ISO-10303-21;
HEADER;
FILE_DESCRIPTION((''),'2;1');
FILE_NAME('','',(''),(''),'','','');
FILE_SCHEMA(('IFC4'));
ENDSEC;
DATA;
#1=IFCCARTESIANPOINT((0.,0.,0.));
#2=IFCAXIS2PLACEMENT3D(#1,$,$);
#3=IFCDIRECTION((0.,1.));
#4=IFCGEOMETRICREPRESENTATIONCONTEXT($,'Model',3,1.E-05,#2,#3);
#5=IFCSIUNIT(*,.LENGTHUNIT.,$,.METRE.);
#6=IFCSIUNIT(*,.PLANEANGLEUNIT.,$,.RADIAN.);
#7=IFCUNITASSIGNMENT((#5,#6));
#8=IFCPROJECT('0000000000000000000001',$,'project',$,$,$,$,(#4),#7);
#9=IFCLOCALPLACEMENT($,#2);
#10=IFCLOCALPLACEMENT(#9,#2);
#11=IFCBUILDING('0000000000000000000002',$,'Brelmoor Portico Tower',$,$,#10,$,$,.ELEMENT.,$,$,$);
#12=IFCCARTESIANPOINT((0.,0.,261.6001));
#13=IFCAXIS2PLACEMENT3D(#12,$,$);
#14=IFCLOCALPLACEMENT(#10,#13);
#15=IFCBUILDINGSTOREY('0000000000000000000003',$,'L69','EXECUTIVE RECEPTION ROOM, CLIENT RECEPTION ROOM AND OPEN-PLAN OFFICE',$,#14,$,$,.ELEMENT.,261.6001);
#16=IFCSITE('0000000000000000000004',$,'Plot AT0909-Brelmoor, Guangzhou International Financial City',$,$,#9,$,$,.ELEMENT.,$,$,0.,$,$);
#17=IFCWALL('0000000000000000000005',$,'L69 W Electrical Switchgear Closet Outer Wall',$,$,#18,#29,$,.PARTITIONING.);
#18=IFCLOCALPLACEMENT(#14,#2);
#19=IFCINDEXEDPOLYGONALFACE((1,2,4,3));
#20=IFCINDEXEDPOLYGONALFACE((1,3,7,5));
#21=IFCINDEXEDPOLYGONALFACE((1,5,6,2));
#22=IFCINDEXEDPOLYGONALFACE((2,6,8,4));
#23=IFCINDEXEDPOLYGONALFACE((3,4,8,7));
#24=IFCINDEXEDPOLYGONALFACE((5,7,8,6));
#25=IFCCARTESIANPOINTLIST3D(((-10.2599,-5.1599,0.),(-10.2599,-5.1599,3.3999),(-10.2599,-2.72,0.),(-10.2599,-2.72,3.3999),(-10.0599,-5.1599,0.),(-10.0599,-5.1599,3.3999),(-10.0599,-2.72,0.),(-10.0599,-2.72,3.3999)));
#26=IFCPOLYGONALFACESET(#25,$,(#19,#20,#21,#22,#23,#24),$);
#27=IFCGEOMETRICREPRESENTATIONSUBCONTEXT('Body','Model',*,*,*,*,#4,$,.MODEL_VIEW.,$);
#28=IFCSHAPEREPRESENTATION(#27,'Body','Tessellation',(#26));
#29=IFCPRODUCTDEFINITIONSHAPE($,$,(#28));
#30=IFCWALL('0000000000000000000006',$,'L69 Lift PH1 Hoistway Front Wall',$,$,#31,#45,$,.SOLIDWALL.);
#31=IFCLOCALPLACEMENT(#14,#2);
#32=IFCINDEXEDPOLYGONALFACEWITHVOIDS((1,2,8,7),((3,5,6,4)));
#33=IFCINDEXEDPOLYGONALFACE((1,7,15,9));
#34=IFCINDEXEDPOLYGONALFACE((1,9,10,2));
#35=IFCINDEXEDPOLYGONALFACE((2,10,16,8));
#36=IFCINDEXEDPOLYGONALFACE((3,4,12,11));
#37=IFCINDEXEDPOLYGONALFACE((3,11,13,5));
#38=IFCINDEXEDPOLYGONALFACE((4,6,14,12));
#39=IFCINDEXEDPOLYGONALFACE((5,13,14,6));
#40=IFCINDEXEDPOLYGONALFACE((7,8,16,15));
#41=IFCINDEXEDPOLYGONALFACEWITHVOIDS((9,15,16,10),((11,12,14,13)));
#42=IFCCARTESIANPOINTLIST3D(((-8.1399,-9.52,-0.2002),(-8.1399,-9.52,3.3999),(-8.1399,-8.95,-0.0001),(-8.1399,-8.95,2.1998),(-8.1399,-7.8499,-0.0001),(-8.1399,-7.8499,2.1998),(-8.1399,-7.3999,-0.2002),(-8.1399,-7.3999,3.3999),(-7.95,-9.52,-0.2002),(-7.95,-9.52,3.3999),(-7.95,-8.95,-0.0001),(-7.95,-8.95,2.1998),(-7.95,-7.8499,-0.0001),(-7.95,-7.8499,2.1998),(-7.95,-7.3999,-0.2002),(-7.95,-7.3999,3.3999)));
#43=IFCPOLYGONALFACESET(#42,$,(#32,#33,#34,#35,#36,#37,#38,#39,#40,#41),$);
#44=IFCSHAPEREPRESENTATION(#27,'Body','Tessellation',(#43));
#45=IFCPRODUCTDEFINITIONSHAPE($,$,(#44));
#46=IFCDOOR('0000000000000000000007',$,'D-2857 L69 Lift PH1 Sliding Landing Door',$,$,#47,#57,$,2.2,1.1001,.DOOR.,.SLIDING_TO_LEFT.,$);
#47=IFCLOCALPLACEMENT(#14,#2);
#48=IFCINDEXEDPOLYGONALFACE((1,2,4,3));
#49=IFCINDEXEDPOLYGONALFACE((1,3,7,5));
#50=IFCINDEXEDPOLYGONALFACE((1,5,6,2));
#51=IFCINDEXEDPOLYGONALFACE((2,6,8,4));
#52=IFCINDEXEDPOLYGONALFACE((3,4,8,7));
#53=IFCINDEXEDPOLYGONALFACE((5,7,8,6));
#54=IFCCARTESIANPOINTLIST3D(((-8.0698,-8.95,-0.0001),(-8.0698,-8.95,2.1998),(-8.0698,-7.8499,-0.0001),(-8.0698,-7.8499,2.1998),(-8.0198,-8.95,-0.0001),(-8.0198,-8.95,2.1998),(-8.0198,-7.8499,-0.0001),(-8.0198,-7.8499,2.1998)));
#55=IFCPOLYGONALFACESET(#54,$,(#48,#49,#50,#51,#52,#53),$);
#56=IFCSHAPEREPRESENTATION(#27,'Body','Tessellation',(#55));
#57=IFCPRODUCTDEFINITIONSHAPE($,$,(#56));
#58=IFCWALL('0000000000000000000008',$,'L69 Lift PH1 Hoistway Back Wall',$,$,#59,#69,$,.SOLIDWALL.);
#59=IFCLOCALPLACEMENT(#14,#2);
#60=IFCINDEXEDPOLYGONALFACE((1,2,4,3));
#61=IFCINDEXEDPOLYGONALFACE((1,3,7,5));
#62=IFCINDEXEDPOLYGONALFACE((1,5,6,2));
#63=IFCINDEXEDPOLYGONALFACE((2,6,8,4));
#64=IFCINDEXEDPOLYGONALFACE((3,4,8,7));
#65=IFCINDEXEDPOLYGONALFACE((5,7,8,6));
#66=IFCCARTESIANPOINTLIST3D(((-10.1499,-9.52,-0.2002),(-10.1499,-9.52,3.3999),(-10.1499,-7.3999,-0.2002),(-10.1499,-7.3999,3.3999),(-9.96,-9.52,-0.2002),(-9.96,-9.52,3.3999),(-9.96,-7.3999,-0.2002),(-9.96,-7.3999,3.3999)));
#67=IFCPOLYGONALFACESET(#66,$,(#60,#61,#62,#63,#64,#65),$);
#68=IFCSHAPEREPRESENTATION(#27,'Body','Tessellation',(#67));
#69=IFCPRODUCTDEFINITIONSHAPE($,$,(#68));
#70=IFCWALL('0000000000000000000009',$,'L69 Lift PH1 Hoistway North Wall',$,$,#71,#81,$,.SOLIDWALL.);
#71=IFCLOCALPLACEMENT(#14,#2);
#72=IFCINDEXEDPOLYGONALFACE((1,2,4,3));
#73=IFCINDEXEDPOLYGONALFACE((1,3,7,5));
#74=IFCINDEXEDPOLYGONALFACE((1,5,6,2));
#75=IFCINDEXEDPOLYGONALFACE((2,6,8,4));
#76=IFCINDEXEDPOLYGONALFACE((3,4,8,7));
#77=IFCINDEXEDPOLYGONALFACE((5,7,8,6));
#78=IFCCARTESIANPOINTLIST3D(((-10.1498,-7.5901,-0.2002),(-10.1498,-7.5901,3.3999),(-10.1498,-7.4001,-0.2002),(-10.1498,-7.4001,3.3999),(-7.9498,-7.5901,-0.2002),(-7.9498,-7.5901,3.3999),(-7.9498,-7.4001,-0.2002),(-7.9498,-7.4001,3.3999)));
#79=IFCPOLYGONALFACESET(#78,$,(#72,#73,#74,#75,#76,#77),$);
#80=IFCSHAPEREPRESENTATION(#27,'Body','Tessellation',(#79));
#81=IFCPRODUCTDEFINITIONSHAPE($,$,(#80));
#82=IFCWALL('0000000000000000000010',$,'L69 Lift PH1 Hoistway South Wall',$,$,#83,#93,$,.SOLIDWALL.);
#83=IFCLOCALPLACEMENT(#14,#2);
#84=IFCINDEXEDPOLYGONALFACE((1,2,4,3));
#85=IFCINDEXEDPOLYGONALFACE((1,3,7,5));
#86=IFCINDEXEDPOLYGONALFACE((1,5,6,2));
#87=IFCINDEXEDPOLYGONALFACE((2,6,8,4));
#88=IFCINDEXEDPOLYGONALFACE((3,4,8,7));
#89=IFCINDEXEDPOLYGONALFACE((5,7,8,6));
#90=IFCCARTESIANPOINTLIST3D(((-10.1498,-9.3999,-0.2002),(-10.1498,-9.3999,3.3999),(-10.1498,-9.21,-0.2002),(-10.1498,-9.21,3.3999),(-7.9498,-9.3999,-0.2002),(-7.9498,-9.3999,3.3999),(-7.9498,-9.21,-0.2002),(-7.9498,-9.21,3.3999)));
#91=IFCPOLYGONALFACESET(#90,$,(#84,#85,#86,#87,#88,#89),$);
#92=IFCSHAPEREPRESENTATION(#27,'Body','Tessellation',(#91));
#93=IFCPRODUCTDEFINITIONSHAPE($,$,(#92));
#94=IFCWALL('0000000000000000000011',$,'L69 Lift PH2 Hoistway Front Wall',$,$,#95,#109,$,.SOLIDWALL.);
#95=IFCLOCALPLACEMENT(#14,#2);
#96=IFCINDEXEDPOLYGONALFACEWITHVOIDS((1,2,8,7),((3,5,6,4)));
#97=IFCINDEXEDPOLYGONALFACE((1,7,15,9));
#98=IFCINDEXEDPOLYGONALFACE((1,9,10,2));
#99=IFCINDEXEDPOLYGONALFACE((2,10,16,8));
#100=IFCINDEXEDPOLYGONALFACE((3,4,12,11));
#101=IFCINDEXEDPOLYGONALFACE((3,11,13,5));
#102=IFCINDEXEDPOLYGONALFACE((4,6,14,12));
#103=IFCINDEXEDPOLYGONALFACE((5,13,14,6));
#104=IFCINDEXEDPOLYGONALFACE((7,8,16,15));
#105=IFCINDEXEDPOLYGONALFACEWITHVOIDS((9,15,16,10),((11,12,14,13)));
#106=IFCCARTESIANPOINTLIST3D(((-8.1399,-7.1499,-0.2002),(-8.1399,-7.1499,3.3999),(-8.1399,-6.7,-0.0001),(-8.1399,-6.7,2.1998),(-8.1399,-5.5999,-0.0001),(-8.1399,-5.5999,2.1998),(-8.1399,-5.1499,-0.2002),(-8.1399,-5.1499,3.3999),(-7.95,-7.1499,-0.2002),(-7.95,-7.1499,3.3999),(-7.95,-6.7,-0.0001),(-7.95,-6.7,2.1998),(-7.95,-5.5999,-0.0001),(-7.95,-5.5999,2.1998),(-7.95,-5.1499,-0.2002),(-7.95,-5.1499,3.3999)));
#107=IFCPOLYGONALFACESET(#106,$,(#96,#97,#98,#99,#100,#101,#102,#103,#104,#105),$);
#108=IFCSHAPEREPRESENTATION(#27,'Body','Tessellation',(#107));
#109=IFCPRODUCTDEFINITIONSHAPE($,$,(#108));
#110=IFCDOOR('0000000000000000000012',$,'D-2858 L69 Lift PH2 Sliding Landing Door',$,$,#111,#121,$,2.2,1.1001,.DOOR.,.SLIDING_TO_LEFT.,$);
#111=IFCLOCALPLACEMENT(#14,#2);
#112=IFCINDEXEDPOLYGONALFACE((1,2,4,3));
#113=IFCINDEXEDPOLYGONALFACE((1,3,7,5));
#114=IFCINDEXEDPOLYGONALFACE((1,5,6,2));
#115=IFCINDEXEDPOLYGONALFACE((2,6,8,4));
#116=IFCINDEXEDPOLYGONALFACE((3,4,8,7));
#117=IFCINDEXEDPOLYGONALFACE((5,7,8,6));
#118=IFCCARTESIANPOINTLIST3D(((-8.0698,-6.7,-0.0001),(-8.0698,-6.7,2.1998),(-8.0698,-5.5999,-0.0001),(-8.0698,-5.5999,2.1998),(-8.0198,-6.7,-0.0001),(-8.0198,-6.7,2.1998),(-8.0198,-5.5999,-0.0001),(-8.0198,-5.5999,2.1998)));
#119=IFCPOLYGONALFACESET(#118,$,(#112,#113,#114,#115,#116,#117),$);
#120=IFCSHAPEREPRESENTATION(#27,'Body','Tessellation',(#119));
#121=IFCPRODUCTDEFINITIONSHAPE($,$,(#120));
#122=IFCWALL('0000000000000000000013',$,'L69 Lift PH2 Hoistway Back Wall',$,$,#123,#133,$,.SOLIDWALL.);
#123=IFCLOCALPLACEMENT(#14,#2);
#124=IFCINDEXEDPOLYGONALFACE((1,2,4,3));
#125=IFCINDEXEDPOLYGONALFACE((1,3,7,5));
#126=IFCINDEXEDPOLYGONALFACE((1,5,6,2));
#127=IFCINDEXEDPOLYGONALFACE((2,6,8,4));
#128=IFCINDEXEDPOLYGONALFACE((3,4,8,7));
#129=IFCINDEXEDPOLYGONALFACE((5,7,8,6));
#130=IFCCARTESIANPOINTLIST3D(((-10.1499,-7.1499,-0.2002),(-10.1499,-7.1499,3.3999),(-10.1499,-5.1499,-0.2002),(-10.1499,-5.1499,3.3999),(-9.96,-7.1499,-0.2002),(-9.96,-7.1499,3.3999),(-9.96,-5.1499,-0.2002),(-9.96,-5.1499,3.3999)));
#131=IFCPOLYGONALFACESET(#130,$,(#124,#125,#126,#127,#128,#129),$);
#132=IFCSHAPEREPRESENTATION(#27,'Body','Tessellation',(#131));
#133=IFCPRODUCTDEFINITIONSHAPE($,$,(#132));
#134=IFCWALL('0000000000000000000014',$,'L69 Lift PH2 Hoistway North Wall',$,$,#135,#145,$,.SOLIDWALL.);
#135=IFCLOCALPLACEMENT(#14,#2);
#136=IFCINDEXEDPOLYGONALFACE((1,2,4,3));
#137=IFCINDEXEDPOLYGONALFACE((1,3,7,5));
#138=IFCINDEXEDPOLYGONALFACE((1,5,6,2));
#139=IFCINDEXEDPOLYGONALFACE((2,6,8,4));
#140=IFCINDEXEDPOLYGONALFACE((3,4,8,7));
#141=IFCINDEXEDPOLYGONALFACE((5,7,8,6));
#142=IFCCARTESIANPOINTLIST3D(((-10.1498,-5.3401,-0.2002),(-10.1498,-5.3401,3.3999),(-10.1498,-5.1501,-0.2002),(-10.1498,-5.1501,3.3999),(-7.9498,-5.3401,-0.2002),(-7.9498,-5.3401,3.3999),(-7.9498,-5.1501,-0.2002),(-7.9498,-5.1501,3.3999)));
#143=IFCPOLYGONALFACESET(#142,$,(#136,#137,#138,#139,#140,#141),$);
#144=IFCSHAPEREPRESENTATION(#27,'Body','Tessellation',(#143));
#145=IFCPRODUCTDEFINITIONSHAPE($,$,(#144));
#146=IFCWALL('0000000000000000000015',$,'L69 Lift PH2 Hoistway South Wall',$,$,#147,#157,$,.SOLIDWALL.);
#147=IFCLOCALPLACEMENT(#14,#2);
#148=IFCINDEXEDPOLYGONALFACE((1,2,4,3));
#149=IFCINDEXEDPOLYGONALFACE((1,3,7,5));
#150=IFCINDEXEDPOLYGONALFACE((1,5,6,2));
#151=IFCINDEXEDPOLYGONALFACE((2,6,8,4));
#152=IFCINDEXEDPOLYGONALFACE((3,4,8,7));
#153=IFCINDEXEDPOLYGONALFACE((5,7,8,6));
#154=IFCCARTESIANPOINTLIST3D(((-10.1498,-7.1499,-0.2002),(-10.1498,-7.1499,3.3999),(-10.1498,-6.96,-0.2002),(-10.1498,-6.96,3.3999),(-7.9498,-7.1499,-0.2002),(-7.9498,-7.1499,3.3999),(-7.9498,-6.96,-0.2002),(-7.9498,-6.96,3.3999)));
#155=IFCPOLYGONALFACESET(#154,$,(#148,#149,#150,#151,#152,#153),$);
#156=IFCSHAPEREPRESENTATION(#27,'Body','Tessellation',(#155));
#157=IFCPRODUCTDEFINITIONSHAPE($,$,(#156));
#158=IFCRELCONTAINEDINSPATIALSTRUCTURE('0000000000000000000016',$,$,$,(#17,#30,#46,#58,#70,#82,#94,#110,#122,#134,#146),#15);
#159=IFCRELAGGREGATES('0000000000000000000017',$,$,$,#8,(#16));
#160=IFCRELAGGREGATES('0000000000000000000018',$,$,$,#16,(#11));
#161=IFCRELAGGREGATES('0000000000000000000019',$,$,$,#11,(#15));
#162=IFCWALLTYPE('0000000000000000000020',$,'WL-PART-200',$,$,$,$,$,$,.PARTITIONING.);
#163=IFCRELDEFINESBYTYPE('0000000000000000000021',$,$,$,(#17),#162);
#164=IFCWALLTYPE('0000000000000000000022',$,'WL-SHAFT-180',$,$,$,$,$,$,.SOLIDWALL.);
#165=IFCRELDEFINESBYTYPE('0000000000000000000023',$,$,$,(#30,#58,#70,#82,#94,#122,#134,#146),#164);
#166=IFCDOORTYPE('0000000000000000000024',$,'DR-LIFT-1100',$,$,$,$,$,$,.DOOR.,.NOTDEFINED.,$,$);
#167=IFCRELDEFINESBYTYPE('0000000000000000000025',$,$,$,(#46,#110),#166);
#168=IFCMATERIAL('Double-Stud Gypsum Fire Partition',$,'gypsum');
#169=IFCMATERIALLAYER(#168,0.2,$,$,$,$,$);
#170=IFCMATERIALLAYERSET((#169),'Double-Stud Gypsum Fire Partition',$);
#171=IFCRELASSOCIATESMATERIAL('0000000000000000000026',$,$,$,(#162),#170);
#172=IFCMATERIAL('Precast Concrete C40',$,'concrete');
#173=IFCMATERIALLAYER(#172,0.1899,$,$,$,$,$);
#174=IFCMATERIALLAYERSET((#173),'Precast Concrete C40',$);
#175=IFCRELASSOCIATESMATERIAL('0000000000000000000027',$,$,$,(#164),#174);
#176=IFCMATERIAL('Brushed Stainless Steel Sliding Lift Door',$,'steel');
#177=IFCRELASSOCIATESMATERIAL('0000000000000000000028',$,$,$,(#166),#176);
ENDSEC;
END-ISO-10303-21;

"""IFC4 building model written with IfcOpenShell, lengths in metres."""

from ifc_helpers import new_model, si_unit, direction, frame, frame_2d, origin, place, context, subcontext, project, spatial, rectangle, extrude, material, layer, layer_set, type_object, element, fill, save


model = new_model("IFC4")

# Units and contexts
model_context = context("Model", 3, precision=1e-05, world=origin(), true_north=direction((0.0, 1.0)))
body_context = subcontext(model_context, "Body", "Model", "MODEL_VIEW")
ifc_project = project(units=[si_unit("LENGTHUNIT", "METRE"), si_unit("PLANEANGLEUNIT", "RADIAN")], contexts=[model_context])

# Site, building, storey
site_placement = place(None, origin())
site = spatial("IfcSite", under=ifc_project, at=site_placement, Name="Plot AT0909-Brelmoor, Guangzhou International Financial City", CompositionType="ELEMENT", RefElevation=0.0)
building_placement = place(site_placement, origin())
building = spatial("IfcBuilding", under=site, at=building_placement, Name="Brelmoor Portico Tower", CompositionType="ELEMENT")
storey_placement = place(building_placement, frame((0.0, 0.0, 261.6001)))
storey = spatial("IfcBuildingStorey", under=building, at=storey_placement, Name="L69", Description="EXECUTIVE RECEPTION ROOM, CLIENT RECEPTION ROOM AND OPEN-PLAN OFFICE", CompositionType="ELEMENT", Elevation=261.6001)

# Shared definitions
ifc_material_1 = material(Name="Double-Stud Gypsum Fire Partition", Category="gypsum")
ifc_layer_1 = layer(ifc_material_1, 0.2)
ifc_layer_set_1 = layer_set([ifc_layer_1], Name="Double-Stud Gypsum Fire Partition")
wall_type_1 = type_object("IfcWallType", Name="WL-PART-200", PredefinedType="PARTITIONING", material=ifc_layer_set_1)

# Wall
for number, where, z_axis, x_axis, name in (
    (1, (-10.1599, -5.1599, 0.0), (0.0, 0.0, 1.0), (0.0, 1.0, 0.0), "L69 W Electrical Switchgear Closet Outer Wall"),
):
    element("IfcWall", number, at=place(storey_placement, frame(where, z_axis=z_axis, x_axis=x_axis)), inside=storey, type_object=wall_type_1, Name=name, PredefinedType="PARTITIONING", context=body_context, shape_type="SweptSolid", body=[
        extrude(rectangle(XDim=2.4399, YDim=0.2, at=frame_2d((1.22, 0.0))), origin(), (0.0, 0.0, 1.0), 3.3999),
    ])

# Wall, opening, door
ifc_material_2 = material(Name="Precast Concrete C40", Category="concrete")
ifc_layer_2 = layer(ifc_material_2, 0.1899)
ifc_layer_set_2 = layer_set([ifc_layer_2], Name="Precast Concrete C40")
wall_type_2 = type_object("IfcWallType", Name="WL-SHAFT-180", PredefinedType="SOLIDWALL", material=ifc_layer_set_2)
wall_1_placement = place(storey_placement, frame((-8.0449, -9.52, -0.2002), z_axis=(0.0, 0.0, 1.0), x_axis=(0.0, 1.0, 0.0)))
wall_1 = element("IfcWall", 2, at=wall_1_placement, inside=storey, type_object=wall_type_2, Name="L69 Lift PH1 Hoistway Front Wall", PredefinedType="SOLIDWALL", context=body_context, shape_type="SweptSolid", body=[
    extrude(rectangle(XDim=2.1201, YDim=0.1899, at=frame_2d((1.0601, 0.0))), origin(), (0.0, 0.0, 1.0), 3.6001),
])
opening_1_placement = place(wall_1_placement, frame((0.5701, 0.0, 0.2)))
opening_1 = element("IfcOpeningElement", 3, at=opening_1_placement, cuts=wall_1, PredefinedType="OPENING", context=body_context, shape_type="SweptSolid", body=[
    extrude(rectangle(XDim=1.1001, YDim=2.2, at=frame_2d((0.55, 1.1001))), frame((0.0, 0.105, 0.0), z_axis=(0.0, -1.0, 0.0), x_axis=(1.0, 0.0, 0.0)), (0.0, 0.0, 1.0), 0.21),
])
ifc_material_3 = material(Name="Brushed Stainless Steel Sliding Lift Door", Category="steel")
door_type_1 = type_object("IfcDoorType", Name="DR-LIFT-1100", OperationType="NOTDEFINED", PredefinedType="DOOR", material=ifc_material_3)
door_1_placement = place(opening_1_placement, origin())
door_1 = element("IfcDoor", 4, at=door_1_placement, inside=storey, type_object=door_type_1, Name="D-2857 L69 Lift PH1 Sliding Landing Door", OperationType="SLIDING_TO_LEFT", OverallHeight=2.2, OverallWidth=1.1001, PredefinedType="DOOR", context=body_context, shape_type="SweptSolid", body=[
    extrude(rectangle(XDim=1.1001, YDim=2.2, at=frame_2d((0.55, 1.1001))), frame((0.0, 0.0249, 0.0), z_axis=(0.0, -1.0, 0.0), x_axis=(1.0, 0.0, 0.0)), (0.0, 0.0, 1.0), 0.05),
])
fill(opening_1, door_1)

# Walls
wall_2_placement = place(storey_placement, frame((-10.0549, -9.52, -0.2002), z_axis=(0.0, 0.0, 1.0), x_axis=(0.0, 1.0, 0.0)))
element("IfcWall", 5, at=wall_2_placement, inside=storey, type_object=wall_type_2, Name="L69 Lift PH1 Hoistway Back Wall", PredefinedType="SOLIDWALL", context=body_context, shape_type="SweptSolid", body=[
    extrude(rectangle(XDim=2.1201, YDim=0.1899, at=frame_2d((1.0601, 0.0))), origin(), (0.0, 0.0, 1.0), 3.6001),
])
for number, where, z_axis, x_axis, name in (
    (6, (-10.1499, -7.4951, -0.2002), (0.0, 0.0, 1.0), (1.0, 0.0, 0.0), "L69 Lift PH1 Hoistway North Wall"),
    (7, (-10.1499, -9.3049, -0.2002), (0.0, 0.0, 1.0), (1.0, 0.0, 0.0), "L69 Lift PH1 Hoistway South Wall"),
):
    element("IfcWall", number, at=place(storey_placement, frame(where, z_axis=z_axis, x_axis=x_axis)), inside=storey, type_object=wall_type_2, Name=name, PredefinedType="SOLIDWALL", context=body_context, shape_type="SweptSolid", body=[
        extrude(rectangle(XDim=2.2, YDim=0.1899, at=frame_2d((1.1001, 0.0))), origin(), (0.0, 0.0, 1.0), 3.6001),
    ])

# Wall, opening, door
wall_3_placement = place(storey_placement, frame((-8.0449, -7.1499, -0.2002), z_axis=(0.0, 0.0, 1.0), x_axis=(0.0, 1.0, 0.0)))
wall_3 = element("IfcWall", 8, at=wall_3_placement, inside=storey, type_object=wall_type_2, Name="L69 Lift PH2 Hoistway Front Wall", PredefinedType="SOLIDWALL", context=body_context, shape_type="SweptSolid", body=[
    extrude(rectangle(XDim=2.0, YDim=0.1899, at=frame_2d((1.0, 0.0))), origin(), (0.0, 0.0, 1.0), 3.6001),
])
opening_2_placement = place(wall_3_placement, frame((0.45, 0.0, 0.2)))
opening_2 = element("IfcOpeningElement", 9, at=opening_2_placement, cuts=wall_3, PredefinedType="OPENING", context=body_context, shape_type="SweptSolid", body=[
    extrude(rectangle(XDim=1.1001, YDim=2.2, at=frame_2d((0.55, 1.1001))), frame((0.0, 0.105, 0.0), z_axis=(0.0, -1.0, 0.0), x_axis=(1.0, 0.0, 0.0)), (0.0, 0.0, 1.0), 0.21),
])
door_2_placement = place(opening_2_placement, origin())
door_2 = element("IfcDoor", 10, at=door_2_placement, inside=storey, type_object=door_type_1, Name="D-2858 L69 Lift PH2 Sliding Landing Door", OperationType="SLIDING_TO_LEFT", OverallHeight=2.2, OverallWidth=1.1001, PredefinedType="DOOR", context=body_context, shape_type="SweptSolid", body=[
    extrude(rectangle(XDim=1.1001, YDim=2.2, at=frame_2d((0.55, 1.1001))), frame((0.0, 0.0249, 0.0), z_axis=(0.0, -1.0, 0.0), x_axis=(1.0, 0.0, 0.0)), (0.0, 0.0, 1.0), 0.05),
])
fill(opening_2, door_2)

# Walls
wall_4_placement = place(storey_placement, frame((-10.0549, -7.1499, -0.2002), z_axis=(0.0, 0.0, 1.0), x_axis=(0.0, 1.0, 0.0)))
element("IfcWall", 11, at=wall_4_placement, inside=storey, type_object=wall_type_2, Name="L69 Lift PH2 Hoistway Back Wall", PredefinedType="SOLIDWALL", context=body_context, shape_type="SweptSolid", body=[
    extrude(rectangle(XDim=2.0, YDim=0.1899, at=frame_2d((1.0, 0.0))), origin(), (0.0, 0.0, 1.0), 3.6001),
])
for number, where, z_axis, x_axis, name in (
    (12, (-10.1499, -5.2451, -0.2002), (0.0, 0.0, 1.0), (1.0, 0.0, 0.0), "L69 Lift PH2 Hoistway North Wall"),
    (13, (-10.1499, -7.0549, -0.2002), (0.0, 0.0, 1.0), (1.0, 0.0, 0.0), "L69 Lift PH2 Hoistway South Wall"),
):
    element("IfcWall", number, at=place(storey_placement, frame(where, z_axis=z_axis, x_axis=x_axis)), inside=storey, type_object=wall_type_2, Name=name, PredefinedType="SOLIDWALL", context=body_context, shape_type="SweptSolid", body=[
        extrude(rectangle(XDim=2.2, YDim=0.1899, at=frame_2d((1.1001, 0.0))), origin(), (0.0, 0.0, 1.0), 3.6001),
    ])

save(model, "model.ifc")
